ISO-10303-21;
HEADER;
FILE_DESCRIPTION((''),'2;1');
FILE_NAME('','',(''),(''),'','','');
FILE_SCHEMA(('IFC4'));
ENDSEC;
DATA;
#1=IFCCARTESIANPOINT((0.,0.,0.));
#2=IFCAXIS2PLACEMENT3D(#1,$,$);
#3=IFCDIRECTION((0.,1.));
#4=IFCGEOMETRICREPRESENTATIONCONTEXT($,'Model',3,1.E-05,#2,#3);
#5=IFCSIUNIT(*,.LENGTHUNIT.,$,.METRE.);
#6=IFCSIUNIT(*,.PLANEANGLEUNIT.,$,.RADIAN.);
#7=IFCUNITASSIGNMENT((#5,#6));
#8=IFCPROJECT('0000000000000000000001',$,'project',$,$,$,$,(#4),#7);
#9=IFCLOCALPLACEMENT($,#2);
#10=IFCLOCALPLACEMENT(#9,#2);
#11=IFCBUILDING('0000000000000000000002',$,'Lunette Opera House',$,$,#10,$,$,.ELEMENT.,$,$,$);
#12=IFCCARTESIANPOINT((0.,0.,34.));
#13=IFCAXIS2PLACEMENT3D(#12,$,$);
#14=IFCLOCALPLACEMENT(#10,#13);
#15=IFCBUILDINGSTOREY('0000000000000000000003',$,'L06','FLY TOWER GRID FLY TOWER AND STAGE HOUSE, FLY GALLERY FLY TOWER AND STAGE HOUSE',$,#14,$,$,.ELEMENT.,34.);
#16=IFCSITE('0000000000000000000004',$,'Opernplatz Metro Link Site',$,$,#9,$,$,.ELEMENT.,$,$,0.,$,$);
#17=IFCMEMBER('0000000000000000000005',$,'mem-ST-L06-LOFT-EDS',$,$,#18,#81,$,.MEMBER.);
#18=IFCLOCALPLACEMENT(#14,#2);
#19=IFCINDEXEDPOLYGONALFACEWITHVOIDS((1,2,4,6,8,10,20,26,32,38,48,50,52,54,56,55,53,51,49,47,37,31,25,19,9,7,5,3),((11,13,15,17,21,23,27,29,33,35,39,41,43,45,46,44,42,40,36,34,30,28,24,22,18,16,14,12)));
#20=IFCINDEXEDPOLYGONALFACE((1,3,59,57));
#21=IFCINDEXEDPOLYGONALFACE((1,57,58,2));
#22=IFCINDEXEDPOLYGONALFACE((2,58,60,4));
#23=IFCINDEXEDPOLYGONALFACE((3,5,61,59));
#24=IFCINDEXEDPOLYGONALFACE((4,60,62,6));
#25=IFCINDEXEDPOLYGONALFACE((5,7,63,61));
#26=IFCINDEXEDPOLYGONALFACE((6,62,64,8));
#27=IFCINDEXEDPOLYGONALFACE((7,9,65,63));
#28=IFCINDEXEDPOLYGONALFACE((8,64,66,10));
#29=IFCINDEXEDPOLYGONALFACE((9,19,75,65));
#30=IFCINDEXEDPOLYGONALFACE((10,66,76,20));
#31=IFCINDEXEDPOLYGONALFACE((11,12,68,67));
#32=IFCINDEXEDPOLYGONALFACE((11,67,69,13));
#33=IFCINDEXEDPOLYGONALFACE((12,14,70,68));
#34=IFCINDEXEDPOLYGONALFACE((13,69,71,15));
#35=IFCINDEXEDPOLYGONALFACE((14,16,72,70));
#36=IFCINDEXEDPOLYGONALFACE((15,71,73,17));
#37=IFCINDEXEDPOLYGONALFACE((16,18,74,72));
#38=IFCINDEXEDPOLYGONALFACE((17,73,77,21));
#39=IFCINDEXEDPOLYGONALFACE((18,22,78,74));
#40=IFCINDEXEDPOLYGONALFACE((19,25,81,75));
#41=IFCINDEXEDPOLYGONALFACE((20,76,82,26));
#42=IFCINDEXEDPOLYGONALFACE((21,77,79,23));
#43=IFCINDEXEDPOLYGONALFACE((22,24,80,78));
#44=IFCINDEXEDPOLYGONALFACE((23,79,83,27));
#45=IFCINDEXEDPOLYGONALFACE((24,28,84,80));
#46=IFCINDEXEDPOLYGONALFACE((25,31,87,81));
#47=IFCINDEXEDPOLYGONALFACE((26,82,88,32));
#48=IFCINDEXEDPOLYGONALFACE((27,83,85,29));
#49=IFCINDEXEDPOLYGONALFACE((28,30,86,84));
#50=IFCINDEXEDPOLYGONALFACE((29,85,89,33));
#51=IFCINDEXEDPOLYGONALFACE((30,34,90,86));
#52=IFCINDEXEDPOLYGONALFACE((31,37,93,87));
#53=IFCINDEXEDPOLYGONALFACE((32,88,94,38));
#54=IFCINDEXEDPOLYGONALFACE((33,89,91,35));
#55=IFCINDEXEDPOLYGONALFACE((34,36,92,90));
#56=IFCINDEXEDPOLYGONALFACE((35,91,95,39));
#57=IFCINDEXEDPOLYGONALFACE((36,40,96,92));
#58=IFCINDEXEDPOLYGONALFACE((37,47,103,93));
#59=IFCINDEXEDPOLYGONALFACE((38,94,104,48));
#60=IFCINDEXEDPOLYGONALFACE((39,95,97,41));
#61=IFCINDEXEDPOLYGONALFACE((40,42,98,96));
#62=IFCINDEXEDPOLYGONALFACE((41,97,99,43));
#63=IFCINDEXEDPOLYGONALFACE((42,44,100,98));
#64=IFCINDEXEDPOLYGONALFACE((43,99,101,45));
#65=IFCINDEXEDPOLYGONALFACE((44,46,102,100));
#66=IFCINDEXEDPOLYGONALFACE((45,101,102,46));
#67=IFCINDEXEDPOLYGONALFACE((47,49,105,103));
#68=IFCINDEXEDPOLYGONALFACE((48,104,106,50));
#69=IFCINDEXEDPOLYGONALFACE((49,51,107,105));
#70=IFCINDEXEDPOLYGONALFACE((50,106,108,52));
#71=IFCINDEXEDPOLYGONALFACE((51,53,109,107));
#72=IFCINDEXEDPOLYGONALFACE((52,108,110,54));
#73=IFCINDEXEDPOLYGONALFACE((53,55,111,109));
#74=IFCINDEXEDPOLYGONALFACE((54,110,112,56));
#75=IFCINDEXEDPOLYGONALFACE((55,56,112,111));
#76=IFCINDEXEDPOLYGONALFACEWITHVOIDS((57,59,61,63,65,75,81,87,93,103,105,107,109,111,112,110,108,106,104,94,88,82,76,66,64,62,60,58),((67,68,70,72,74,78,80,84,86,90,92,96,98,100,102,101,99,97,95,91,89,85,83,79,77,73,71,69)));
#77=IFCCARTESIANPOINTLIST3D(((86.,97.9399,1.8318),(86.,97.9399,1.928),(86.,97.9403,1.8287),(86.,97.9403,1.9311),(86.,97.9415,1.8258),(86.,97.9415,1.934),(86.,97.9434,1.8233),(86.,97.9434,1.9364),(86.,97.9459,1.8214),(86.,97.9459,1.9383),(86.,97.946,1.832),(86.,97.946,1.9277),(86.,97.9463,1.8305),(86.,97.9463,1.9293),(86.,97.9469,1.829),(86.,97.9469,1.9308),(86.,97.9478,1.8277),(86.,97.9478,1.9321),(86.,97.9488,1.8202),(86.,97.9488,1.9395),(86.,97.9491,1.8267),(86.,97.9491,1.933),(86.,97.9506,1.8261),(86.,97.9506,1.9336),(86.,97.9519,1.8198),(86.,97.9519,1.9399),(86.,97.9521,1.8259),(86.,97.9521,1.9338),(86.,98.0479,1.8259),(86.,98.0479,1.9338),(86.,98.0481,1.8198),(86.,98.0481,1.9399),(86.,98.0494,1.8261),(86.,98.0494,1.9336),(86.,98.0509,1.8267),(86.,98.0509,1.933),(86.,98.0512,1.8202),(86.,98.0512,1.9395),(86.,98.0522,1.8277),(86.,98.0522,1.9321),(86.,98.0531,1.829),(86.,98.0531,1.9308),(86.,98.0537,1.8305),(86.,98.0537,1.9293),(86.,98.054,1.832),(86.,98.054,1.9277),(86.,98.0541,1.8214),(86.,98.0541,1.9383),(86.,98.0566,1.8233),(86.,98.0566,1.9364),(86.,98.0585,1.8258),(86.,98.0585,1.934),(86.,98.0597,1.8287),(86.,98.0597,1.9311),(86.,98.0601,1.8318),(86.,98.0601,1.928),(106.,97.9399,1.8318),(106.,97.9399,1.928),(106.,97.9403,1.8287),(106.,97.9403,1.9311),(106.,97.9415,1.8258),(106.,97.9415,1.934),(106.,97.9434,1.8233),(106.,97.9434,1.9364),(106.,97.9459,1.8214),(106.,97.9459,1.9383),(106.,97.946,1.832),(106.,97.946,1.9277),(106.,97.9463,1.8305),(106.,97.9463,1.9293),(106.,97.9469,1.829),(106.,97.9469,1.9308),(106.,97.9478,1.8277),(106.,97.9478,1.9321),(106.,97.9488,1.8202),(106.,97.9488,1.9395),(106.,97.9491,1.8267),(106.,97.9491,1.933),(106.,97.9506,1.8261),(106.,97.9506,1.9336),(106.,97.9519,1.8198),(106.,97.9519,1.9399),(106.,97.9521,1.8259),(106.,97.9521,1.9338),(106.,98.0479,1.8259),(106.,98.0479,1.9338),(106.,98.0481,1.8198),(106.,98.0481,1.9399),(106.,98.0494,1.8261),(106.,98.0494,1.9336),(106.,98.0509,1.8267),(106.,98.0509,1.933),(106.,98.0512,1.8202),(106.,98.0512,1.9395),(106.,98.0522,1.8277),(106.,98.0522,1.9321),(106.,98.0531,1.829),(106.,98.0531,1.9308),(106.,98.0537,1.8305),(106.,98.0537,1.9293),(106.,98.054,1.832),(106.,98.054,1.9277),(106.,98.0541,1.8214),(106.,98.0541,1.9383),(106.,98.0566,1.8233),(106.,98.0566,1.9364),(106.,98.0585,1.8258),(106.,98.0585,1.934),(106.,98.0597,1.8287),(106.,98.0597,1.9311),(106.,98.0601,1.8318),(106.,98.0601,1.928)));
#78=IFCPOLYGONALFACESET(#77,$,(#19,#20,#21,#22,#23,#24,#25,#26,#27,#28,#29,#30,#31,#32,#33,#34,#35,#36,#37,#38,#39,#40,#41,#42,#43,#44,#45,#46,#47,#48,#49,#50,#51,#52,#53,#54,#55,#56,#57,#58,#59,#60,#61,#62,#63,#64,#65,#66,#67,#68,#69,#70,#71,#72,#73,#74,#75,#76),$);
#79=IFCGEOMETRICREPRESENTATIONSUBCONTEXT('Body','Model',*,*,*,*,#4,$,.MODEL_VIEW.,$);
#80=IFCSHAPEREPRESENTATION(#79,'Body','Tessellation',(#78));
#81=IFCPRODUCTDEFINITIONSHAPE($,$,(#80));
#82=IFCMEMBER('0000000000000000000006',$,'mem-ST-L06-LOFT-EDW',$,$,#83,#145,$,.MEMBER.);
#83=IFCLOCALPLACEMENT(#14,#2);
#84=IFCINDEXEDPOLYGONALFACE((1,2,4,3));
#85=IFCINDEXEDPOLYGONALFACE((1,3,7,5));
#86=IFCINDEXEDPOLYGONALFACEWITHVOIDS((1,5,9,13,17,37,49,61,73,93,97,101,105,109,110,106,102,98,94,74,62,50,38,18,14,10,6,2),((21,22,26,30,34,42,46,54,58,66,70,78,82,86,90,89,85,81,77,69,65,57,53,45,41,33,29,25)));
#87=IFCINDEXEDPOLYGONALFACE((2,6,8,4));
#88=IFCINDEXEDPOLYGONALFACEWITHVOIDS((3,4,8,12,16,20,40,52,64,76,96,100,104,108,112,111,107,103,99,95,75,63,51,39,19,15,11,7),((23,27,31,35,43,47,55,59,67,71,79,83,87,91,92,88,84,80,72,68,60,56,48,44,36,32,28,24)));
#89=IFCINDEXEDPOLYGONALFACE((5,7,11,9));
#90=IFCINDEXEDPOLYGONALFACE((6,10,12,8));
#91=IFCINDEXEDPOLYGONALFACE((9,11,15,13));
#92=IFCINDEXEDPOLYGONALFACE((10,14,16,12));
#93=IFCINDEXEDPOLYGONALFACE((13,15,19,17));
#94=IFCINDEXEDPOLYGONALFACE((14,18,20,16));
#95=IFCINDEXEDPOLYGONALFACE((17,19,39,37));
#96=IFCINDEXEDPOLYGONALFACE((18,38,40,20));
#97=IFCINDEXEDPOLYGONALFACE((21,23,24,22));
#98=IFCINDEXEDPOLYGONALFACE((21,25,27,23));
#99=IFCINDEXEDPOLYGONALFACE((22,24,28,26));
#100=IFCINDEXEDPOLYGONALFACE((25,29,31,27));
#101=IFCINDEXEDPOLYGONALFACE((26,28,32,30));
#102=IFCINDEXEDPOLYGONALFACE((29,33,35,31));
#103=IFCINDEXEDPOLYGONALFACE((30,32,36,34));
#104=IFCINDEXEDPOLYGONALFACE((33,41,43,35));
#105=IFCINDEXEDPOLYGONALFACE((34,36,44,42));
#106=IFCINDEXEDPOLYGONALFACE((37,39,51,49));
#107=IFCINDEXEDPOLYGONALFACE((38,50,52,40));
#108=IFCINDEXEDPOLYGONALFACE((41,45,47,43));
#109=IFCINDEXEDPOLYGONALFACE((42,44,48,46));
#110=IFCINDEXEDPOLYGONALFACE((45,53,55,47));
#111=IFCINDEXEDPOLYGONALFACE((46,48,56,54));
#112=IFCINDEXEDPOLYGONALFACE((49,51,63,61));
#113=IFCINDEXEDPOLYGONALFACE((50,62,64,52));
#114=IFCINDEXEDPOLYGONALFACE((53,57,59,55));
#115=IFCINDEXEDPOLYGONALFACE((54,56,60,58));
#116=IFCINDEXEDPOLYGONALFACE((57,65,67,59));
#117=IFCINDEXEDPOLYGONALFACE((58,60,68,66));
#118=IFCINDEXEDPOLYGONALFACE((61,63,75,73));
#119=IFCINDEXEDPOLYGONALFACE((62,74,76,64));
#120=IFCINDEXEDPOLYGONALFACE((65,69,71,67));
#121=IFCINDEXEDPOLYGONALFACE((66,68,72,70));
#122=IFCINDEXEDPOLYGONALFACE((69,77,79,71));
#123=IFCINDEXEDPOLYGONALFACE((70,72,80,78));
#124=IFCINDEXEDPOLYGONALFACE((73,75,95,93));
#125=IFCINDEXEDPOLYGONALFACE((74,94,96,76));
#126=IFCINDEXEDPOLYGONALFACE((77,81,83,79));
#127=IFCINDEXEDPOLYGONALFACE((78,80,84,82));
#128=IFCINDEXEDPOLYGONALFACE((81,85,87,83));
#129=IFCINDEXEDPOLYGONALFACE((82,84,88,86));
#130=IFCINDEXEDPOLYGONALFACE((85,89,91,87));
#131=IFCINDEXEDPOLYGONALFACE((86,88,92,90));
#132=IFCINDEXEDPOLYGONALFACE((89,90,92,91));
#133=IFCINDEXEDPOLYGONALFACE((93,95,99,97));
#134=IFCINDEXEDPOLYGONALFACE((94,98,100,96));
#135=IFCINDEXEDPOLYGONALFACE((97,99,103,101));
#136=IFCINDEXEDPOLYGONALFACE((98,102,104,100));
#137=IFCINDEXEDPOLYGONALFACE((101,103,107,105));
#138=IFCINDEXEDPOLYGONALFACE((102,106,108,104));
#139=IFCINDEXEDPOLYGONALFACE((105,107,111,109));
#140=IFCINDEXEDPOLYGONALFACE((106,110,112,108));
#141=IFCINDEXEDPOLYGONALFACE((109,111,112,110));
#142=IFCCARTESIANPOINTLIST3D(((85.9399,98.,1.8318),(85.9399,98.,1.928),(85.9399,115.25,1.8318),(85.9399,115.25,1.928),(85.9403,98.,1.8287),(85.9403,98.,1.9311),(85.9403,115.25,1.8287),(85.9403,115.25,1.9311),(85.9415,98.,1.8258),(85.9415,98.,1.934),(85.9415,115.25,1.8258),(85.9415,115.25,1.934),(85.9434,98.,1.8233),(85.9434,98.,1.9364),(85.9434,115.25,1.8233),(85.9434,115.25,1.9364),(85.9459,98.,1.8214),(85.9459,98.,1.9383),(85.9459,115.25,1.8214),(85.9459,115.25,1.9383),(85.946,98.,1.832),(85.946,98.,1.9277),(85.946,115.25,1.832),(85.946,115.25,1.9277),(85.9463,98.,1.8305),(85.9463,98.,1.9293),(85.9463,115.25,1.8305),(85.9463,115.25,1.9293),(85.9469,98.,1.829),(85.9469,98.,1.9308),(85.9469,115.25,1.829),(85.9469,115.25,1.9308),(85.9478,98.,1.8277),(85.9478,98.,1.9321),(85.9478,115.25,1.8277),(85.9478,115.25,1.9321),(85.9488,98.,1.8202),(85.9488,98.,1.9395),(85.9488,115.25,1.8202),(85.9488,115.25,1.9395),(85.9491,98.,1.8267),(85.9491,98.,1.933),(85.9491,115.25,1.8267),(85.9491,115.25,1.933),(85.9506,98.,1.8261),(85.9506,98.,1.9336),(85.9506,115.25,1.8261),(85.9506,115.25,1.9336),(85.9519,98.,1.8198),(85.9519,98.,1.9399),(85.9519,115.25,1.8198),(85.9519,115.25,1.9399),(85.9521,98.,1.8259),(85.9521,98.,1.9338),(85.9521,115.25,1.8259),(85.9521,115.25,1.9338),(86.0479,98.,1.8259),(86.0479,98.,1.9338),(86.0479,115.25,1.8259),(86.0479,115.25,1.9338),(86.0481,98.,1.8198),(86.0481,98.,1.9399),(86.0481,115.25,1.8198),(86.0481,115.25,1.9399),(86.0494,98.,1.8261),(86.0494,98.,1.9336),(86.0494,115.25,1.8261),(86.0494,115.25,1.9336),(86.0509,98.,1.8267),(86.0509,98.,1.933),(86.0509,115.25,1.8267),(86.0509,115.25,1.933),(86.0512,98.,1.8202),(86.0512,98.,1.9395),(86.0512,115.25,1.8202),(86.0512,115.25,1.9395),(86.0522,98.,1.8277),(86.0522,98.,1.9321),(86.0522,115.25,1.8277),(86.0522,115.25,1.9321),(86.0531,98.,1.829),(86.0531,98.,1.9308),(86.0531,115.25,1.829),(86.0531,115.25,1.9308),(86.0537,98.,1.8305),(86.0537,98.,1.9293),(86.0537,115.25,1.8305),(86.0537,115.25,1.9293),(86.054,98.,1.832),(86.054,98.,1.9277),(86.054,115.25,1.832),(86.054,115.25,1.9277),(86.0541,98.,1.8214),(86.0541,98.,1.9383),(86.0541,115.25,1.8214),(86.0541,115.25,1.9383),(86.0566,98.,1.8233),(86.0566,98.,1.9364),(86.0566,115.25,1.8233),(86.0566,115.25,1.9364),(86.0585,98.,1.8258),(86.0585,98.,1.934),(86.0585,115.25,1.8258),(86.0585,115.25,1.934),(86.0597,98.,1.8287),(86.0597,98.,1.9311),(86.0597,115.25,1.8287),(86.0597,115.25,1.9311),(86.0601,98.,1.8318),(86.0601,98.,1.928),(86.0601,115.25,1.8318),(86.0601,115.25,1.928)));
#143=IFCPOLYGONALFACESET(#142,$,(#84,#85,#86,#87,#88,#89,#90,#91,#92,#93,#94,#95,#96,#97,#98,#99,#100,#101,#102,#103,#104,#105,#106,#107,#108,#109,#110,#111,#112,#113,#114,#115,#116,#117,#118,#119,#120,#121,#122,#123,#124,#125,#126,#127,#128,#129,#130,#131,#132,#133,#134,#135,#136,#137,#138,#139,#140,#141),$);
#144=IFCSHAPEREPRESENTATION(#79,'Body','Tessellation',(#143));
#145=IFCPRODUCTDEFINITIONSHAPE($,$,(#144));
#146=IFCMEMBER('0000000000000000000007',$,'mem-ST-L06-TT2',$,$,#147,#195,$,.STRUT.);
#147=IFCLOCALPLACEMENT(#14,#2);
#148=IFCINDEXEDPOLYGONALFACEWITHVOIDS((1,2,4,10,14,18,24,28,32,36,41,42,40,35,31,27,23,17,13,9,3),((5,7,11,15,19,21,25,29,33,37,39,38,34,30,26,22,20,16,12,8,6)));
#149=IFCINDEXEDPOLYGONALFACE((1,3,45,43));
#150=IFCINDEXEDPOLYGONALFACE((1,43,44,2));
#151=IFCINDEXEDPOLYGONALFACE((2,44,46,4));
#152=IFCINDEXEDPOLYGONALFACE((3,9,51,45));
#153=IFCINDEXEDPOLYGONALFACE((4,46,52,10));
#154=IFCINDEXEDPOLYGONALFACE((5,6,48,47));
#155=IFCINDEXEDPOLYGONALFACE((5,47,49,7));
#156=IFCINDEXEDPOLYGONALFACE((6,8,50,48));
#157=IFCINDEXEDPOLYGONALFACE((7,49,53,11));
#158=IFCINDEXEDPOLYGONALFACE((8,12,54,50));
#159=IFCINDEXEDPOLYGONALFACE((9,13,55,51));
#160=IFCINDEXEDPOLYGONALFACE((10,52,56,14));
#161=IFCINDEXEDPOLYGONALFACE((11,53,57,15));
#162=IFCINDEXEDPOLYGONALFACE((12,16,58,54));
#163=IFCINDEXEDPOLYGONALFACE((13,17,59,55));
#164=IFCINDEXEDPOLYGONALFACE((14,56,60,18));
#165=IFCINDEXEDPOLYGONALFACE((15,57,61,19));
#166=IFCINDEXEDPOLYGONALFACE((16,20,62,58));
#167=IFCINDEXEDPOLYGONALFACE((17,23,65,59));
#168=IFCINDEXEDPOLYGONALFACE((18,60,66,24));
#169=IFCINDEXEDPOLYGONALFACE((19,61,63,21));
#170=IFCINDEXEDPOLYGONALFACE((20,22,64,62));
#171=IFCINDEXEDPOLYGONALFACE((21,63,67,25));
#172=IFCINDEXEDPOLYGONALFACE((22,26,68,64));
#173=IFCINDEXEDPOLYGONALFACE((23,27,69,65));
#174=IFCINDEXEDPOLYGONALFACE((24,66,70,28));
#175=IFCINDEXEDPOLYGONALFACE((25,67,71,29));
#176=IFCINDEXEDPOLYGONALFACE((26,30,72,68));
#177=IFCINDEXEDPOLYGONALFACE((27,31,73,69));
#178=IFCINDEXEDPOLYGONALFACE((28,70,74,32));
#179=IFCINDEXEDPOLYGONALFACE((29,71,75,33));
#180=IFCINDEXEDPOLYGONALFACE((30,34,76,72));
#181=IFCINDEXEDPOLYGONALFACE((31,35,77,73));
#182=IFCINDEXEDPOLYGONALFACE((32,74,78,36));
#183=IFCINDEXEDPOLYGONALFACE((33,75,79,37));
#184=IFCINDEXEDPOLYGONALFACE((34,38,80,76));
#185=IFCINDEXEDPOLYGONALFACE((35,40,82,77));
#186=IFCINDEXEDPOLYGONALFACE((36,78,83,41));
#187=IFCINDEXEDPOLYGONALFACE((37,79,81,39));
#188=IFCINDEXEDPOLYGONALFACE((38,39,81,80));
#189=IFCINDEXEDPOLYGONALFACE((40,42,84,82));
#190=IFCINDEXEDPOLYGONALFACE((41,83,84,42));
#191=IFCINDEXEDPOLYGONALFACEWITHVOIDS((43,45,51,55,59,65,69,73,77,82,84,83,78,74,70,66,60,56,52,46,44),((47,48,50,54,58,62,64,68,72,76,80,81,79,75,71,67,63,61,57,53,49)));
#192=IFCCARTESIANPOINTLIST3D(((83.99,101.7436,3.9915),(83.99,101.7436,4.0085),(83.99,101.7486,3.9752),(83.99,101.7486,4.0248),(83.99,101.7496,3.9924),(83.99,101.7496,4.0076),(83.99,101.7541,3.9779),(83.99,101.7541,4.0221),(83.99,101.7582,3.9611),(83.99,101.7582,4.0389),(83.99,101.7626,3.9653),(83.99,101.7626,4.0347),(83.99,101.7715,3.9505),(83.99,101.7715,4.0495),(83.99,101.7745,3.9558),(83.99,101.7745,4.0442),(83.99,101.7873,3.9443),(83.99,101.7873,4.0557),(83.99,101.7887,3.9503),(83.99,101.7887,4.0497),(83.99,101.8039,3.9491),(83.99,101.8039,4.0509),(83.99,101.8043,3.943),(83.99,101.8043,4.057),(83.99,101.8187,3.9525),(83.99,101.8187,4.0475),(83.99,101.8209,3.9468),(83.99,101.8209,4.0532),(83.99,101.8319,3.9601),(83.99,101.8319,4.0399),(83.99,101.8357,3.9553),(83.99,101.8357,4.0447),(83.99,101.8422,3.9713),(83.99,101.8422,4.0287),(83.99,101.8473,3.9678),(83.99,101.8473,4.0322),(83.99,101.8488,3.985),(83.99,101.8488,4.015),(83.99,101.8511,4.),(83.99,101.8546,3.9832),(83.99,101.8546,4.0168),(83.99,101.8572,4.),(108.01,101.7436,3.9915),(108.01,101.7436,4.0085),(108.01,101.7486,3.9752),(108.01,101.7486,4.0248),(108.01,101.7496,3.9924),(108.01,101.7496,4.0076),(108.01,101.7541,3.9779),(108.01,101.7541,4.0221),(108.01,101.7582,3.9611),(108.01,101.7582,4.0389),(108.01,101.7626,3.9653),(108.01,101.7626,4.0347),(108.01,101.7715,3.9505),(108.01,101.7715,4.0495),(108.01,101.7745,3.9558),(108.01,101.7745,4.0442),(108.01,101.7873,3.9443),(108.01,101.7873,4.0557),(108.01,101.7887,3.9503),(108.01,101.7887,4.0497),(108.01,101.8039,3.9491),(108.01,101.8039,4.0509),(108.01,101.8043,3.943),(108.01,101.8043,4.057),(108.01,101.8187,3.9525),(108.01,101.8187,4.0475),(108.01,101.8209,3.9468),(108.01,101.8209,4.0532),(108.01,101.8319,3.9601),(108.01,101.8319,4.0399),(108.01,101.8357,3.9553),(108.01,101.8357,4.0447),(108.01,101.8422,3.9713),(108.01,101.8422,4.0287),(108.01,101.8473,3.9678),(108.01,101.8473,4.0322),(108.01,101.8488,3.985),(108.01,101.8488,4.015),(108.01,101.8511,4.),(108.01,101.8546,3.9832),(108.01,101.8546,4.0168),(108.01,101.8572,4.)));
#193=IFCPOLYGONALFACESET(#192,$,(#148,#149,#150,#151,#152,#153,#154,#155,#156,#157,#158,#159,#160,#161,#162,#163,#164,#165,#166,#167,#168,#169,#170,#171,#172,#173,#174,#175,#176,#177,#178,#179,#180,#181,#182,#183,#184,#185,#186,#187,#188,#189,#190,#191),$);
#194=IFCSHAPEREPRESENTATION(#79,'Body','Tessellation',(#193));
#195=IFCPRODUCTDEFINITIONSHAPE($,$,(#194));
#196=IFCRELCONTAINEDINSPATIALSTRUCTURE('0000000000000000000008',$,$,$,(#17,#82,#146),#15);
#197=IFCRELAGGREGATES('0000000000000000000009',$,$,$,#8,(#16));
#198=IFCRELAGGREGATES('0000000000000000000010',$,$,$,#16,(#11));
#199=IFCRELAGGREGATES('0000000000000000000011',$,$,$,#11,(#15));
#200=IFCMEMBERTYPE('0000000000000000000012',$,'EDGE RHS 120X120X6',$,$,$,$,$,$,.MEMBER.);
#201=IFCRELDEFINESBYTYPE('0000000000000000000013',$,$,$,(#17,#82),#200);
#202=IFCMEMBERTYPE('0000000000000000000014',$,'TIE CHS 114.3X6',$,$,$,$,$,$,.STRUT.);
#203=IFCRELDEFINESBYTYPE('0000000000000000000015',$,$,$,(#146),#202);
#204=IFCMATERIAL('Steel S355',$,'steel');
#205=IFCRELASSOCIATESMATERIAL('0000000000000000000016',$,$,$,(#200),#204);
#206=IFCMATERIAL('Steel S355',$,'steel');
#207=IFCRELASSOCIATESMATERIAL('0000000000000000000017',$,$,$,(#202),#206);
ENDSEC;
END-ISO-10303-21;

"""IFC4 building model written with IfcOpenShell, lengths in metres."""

from ifc_helpers import new_model, si_unit, direction, frame, origin, origin_2d, place, context, subcontext, project, spatial, hollow_rectangle, hollow_circle, extrude, material, material_profile, profile_set, type_object, element, save


model = new_model("IFC4")

# Units and contexts
model_context = context("Model", 3, precision=1e-05, world=origin(), true_north=direction((0.0, 1.0)))
body_context = subcontext(model_context, "Body", "Model", "MODEL_VIEW")
ifc_project = project(units=[si_unit("LENGTHUNIT", "METRE"), si_unit("PLANEANGLEUNIT", "RADIAN")], contexts=[model_context])

# Site, building, storey
site_placement = place(None, origin())
site = spatial("IfcSite", under=ifc_project, at=site_placement, Name="Opernplatz Metro Link Site", CompositionType="ELEMENT", RefElevation=0.0)
building_placement = place(site_placement, origin())
building = spatial("IfcBuilding", under=site, at=building_placement, Name="Lunette Opera House", CompositionType="ELEMENT")
storey_placement = place(building_placement, frame((0.0, 0.0, 34.0)))
storey = spatial("IfcBuildingStorey", under=building, at=storey_placement, Name="L06", Description="FLY TOWER GRID FLY TOWER AND STAGE HOUSE, FLY GALLERY FLY TOWER AND STAGE HOUSE", CompositionType="ELEMENT", Elevation=34.0)

# Members
ifc_material_1 = material(Name="Steel S355", Category="steel")
ifc_material_profile_1 = material_profile(ifc_material_1, hollow_rectangle(XDim=0.1201, YDim=0.1201, WallThickness=0.0061, InnerFilletRadius=0.0061, OuterFilletRadius=0.012, at=origin_2d()), Name="RHS 120X120X6")
ifc_profile_set_1 = profile_set([ifc_material_profile_1], Name="Steel S355")
member_type_1 = type_object("IfcMemberType", Name="EDGE RHS 120X120X6", PredefinedType="MEMBER", material=ifc_profile_set_1)
member_1_placement = place(storey_placement, frame((86.0, 98.0, 1.8799), z_axis=(1.0, 0.0, 0.0), x_axis=(0.0, 1.0, 0.0)))
element("IfcMember", 1, at=member_1_placement, inside=storey, type_object=member_type_1, Name="mem-ST-L06-LOFT-EDS", PredefinedType="MEMBER", context=body_context, shape_type="SweptSolid", body=[
    extrude(hollow_rectangle(XDim=0.1201, YDim=0.1201, WallThickness=0.0061, InnerFilletRadius=0.0061, OuterFilletRadius=0.012, at=origin_2d()), origin(), (0.0, 0.0, 1.0), 20.0),
])
member_2_placement = place(storey_placement, frame((86.0, 98.0, 1.8799), z_axis=(0.0, 1.0, 0.0), x_axis=(-1.0, 0.0, 0.0)))
element("IfcMember", 2, at=member_2_placement, inside=storey, type_object=member_type_1, Name="mem-ST-L06-LOFT-EDW", PredefinedType="MEMBER", context=body_context, shape_type="SweptSolid", body=[
    extrude(hollow_rectangle(XDim=0.1201, YDim=0.1201, WallThickness=0.0061, InnerFilletRadius=0.0061, OuterFilletRadius=0.012, at=origin_2d()), origin(), (0.0, 0.0, 1.0), 17.25),
])
ifc_material_2 = material(Name="Steel S355", Category="steel")
ifc_material_profile_2 = material_profile(ifc_material_2, hollow_circle(Radius=0.0571, WallThickness=0.0061, at=origin_2d()), Name="CHS 114.3X6")
ifc_profile_set_2 = profile_set([ifc_material_profile_2], Name="Steel S355")
member_type_2 = type_object("IfcMemberType", Name="TIE CHS 114.3X6", PredefinedType="STRUT", material=ifc_profile_set_2)
member_3_placement = place(storey_placement, frame((83.99, 101.8, 4.0), z_axis=(1.0, 0.0, 0.0), x_axis=(0.0, 1.0, 0.0)))
element("IfcMember", 3, at=member_3_placement, inside=storey, type_object=member_type_2, Name="mem-ST-L06-TT2", PredefinedType="STRUT", context=body_context, shape_type="SweptSolid", body=[
    extrude(hollow_circle(Radius=0.0571, WallThickness=0.0061, at=origin_2d()), origin(), (0.0, 0.0, 1.0), 24.02),
])

save(model, "model.ifc")
